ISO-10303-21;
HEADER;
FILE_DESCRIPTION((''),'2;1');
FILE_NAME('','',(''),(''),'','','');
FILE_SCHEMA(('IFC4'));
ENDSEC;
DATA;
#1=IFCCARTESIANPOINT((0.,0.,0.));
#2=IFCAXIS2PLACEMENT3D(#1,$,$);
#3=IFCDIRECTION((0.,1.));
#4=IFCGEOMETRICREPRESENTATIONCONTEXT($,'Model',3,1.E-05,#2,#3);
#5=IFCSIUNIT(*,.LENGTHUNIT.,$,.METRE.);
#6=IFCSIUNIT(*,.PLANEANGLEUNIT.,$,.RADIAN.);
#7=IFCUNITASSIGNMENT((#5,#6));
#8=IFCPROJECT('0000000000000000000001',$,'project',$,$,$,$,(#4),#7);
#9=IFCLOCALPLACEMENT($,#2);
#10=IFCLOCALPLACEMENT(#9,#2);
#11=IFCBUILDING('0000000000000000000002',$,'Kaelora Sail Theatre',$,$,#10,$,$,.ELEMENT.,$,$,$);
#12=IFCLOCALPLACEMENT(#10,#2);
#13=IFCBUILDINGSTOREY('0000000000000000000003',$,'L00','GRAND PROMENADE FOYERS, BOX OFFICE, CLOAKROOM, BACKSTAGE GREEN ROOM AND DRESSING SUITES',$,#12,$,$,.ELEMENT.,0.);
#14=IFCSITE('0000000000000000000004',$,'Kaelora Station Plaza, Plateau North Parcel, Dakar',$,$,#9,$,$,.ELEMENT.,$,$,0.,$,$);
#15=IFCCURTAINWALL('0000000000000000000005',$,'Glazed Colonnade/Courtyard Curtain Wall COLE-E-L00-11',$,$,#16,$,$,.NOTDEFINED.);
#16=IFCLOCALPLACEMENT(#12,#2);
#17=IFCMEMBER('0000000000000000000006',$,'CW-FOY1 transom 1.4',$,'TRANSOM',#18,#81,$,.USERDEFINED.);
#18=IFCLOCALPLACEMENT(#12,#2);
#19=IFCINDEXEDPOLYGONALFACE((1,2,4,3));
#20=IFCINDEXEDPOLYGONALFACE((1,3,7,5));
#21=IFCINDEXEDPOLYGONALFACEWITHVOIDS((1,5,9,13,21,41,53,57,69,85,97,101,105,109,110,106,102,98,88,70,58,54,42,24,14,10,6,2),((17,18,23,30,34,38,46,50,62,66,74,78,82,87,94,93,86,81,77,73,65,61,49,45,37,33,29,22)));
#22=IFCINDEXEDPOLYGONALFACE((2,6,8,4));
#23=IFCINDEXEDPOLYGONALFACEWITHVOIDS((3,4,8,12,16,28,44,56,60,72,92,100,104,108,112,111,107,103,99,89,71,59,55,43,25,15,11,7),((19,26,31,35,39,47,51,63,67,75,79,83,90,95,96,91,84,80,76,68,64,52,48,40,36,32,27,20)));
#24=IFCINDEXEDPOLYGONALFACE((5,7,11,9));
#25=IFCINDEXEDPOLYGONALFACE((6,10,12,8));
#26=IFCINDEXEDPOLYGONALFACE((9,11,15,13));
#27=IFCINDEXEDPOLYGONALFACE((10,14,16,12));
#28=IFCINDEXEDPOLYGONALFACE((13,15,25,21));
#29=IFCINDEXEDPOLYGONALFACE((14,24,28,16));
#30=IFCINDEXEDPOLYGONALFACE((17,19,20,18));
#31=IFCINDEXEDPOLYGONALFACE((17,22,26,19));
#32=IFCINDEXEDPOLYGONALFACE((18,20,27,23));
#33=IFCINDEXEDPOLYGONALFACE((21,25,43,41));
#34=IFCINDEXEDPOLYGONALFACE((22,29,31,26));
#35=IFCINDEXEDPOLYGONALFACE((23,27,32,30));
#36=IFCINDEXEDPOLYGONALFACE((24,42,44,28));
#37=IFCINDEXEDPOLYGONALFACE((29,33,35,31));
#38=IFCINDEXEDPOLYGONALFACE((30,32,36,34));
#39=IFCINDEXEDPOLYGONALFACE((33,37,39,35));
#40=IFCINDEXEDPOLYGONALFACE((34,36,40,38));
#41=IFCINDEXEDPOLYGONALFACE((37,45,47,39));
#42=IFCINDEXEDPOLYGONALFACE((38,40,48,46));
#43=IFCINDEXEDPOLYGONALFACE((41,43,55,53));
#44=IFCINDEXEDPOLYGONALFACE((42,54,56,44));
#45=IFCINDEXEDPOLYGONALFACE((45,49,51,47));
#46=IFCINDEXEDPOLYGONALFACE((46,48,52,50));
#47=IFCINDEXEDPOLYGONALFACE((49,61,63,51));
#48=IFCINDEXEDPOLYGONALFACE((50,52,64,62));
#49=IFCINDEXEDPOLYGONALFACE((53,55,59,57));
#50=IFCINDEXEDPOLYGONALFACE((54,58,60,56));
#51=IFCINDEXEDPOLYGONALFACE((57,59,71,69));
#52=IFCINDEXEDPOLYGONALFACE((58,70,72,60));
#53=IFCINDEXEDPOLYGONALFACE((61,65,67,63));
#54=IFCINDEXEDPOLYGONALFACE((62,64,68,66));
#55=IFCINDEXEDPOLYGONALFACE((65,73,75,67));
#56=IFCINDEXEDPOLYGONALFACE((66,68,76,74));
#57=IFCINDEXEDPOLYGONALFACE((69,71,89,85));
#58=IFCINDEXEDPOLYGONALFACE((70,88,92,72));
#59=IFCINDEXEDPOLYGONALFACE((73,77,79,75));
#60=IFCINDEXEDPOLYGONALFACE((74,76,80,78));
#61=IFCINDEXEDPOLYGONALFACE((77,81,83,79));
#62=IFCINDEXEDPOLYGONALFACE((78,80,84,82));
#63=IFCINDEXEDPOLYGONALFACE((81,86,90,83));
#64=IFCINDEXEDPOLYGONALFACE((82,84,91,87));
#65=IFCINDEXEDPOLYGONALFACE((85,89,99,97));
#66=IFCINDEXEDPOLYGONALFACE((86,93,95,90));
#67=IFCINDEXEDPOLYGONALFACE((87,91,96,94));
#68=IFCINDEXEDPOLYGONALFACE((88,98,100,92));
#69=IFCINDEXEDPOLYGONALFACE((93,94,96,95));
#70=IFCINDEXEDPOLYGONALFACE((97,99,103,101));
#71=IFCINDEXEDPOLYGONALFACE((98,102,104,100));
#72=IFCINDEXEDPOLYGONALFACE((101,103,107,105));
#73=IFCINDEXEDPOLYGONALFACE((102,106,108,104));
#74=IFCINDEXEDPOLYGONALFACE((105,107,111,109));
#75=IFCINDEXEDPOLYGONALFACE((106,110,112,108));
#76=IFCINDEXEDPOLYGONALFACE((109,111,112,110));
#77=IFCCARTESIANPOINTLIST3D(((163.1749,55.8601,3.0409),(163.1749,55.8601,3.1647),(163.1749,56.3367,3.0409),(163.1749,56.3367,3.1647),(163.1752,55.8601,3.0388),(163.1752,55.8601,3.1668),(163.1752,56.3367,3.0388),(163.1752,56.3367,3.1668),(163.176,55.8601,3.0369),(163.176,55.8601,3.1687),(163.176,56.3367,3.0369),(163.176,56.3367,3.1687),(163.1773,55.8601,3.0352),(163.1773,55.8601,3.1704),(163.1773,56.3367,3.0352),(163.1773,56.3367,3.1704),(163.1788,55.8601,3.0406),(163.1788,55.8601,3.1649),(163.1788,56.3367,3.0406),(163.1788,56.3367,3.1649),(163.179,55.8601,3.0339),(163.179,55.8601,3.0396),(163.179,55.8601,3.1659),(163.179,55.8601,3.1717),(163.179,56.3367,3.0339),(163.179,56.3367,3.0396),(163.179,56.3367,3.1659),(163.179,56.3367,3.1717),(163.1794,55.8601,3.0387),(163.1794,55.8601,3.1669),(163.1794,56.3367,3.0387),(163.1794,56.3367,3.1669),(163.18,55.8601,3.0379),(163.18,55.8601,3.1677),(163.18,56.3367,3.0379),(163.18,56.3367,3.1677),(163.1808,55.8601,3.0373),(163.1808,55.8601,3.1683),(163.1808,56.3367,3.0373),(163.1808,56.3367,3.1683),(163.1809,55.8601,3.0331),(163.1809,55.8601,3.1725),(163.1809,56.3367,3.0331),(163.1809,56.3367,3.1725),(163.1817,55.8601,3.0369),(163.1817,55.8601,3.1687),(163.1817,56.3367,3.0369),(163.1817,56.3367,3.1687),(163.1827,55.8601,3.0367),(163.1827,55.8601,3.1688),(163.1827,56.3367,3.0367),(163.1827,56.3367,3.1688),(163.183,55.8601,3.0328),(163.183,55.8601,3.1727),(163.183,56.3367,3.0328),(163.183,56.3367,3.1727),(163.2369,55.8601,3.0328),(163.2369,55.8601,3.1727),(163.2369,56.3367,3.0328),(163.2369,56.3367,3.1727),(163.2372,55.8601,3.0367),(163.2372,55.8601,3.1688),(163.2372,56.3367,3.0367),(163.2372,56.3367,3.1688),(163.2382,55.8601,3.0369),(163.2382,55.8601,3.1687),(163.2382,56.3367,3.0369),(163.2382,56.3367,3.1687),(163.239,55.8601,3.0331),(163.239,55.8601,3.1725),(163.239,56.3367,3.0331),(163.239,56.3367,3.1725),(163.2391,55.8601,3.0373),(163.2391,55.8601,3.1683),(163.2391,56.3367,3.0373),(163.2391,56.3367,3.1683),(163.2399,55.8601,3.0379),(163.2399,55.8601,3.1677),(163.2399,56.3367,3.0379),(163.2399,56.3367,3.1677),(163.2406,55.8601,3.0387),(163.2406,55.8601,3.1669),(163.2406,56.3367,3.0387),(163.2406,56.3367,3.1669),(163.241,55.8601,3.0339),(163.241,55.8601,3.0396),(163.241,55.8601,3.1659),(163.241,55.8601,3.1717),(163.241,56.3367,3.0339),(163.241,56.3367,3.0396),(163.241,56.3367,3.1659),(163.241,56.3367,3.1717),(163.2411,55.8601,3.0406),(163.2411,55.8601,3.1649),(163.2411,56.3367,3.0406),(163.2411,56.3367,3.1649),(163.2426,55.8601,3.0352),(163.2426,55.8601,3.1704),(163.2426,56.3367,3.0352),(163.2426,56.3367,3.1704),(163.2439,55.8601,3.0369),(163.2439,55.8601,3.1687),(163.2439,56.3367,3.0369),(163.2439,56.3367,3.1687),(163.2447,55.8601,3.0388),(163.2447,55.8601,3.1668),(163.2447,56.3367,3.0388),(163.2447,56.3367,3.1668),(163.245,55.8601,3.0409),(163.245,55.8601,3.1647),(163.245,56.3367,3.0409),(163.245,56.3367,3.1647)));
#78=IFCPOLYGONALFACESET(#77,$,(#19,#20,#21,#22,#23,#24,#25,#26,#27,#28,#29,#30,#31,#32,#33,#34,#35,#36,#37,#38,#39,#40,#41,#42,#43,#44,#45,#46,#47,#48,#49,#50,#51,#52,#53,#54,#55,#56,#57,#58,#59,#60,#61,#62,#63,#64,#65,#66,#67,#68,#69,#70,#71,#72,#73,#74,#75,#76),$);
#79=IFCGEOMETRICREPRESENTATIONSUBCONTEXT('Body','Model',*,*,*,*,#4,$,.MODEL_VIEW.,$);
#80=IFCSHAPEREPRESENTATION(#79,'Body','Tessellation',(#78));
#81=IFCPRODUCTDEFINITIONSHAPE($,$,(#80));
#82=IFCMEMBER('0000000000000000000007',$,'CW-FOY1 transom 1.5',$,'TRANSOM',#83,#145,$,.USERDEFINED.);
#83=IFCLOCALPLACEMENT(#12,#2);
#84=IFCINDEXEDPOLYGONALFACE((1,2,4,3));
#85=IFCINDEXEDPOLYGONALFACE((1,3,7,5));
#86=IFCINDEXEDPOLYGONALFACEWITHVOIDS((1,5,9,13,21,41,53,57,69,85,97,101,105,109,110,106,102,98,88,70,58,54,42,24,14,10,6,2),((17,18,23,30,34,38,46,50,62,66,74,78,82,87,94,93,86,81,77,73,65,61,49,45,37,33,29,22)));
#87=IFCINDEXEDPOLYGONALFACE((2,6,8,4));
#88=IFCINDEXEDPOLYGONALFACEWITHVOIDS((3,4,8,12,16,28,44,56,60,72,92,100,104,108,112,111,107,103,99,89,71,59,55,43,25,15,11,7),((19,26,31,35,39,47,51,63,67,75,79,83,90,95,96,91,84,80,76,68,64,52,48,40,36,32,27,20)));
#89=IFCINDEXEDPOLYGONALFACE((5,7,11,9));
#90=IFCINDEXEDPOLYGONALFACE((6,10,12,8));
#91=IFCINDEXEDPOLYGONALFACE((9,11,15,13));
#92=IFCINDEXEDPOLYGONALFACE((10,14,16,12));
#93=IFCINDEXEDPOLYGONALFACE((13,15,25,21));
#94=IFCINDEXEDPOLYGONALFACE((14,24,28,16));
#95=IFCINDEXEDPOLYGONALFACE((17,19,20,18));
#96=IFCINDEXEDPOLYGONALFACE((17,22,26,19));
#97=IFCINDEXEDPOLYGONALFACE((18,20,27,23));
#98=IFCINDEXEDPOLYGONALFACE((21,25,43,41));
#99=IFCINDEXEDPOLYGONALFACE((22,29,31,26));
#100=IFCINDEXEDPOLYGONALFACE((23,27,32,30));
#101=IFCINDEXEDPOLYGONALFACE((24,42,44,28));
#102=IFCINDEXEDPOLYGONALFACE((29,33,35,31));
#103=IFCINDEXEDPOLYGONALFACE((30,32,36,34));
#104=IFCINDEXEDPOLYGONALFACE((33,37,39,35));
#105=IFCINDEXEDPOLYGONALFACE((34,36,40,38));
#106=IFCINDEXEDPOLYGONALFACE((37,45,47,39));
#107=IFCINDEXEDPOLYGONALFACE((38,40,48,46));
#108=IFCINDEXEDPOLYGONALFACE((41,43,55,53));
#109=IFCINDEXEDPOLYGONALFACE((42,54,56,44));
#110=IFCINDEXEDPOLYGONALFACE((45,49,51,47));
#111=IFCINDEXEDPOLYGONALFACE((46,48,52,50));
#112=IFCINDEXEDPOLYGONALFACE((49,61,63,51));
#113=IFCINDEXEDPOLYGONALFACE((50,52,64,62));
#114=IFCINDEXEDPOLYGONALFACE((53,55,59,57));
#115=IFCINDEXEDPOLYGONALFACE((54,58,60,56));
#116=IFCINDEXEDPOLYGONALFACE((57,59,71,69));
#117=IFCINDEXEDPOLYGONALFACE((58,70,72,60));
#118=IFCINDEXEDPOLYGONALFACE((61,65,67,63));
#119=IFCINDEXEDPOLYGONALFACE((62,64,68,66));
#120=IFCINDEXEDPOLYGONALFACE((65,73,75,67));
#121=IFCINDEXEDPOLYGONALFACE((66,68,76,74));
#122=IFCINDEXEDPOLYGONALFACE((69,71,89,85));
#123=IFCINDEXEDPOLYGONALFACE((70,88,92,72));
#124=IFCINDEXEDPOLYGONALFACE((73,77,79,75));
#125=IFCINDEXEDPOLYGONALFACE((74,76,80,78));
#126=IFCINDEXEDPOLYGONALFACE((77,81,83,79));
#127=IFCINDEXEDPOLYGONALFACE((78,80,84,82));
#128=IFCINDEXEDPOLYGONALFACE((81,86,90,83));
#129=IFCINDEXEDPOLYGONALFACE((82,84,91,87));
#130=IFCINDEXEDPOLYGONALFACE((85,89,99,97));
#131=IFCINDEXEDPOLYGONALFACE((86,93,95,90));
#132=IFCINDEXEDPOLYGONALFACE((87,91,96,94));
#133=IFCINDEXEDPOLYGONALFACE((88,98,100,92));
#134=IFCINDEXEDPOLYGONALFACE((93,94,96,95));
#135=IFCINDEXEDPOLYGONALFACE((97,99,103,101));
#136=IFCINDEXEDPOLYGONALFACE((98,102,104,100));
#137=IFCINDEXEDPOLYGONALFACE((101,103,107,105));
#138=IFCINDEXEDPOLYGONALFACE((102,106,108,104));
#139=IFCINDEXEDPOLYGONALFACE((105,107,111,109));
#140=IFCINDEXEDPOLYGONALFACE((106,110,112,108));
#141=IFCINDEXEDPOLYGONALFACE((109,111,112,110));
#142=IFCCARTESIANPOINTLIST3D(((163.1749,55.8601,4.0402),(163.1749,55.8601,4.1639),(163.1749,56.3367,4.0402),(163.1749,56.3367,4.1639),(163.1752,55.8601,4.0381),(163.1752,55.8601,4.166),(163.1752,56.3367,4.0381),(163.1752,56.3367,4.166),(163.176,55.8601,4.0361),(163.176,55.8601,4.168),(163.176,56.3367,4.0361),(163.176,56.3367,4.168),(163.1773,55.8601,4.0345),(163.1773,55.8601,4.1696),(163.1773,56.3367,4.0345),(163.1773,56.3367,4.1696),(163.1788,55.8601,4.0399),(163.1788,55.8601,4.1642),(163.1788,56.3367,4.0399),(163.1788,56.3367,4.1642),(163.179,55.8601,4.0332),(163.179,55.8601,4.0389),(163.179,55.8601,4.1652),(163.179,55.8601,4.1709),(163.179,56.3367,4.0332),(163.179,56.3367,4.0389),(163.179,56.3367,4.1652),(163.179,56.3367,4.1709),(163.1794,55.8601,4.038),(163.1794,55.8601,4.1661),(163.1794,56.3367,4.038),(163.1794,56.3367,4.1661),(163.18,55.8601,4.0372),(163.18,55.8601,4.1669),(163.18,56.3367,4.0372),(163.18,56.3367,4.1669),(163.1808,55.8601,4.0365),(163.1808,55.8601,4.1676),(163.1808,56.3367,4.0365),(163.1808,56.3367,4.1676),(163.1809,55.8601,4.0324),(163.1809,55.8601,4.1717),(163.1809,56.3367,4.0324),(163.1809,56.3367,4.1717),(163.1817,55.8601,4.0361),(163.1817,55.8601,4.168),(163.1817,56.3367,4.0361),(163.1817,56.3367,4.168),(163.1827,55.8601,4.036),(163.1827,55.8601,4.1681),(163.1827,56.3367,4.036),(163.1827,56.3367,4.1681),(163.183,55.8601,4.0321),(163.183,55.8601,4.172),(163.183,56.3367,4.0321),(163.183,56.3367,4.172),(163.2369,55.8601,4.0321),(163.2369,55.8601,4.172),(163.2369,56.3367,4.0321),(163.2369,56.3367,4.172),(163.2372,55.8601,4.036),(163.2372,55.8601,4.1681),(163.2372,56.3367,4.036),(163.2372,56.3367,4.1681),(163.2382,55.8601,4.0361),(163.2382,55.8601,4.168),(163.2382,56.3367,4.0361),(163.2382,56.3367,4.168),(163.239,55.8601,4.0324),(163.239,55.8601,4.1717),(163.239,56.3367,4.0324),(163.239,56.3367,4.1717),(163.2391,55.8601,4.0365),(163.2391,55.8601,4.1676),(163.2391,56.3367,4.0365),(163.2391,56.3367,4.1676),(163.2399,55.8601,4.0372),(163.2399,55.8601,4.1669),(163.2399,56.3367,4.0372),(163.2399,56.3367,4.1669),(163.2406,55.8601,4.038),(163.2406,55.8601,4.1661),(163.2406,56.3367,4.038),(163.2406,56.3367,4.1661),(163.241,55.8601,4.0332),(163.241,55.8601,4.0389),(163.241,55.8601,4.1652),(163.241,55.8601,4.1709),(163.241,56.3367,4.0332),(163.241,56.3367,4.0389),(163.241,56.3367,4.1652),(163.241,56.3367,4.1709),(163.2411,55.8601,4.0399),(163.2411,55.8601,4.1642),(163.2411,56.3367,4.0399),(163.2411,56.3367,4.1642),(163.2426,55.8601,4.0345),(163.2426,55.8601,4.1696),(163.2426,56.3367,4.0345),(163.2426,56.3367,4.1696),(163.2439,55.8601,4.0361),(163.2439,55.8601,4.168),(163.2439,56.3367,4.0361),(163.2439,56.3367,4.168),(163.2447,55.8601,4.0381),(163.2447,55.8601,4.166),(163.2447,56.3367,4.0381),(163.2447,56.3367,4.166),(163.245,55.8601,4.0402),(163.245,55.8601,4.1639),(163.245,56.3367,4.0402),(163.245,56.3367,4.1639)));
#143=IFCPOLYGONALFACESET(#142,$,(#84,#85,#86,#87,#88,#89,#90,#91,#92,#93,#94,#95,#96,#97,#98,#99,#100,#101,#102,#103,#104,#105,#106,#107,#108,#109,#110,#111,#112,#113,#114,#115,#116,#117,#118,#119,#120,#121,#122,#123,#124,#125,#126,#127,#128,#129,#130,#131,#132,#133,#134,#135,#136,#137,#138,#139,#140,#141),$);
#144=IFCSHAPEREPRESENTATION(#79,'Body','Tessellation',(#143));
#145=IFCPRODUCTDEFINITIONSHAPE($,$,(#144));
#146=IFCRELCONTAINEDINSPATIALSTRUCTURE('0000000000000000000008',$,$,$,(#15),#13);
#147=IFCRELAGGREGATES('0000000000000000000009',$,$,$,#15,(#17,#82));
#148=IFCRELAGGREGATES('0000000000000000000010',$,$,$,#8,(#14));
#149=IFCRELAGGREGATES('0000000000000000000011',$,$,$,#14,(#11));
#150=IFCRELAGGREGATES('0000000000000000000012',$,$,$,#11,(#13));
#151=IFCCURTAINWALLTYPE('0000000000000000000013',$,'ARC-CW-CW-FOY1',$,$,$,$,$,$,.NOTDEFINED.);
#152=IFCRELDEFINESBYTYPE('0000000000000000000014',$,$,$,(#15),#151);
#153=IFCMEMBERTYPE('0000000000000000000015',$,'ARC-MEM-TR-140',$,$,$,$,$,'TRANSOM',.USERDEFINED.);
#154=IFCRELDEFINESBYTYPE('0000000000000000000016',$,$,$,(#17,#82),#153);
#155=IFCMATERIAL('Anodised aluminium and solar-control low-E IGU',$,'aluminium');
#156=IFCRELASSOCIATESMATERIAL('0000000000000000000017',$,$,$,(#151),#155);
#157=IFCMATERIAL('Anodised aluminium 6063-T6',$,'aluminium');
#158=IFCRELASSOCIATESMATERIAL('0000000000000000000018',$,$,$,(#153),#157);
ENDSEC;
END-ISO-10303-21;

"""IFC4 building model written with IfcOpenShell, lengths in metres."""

from ifc_helpers import new_model, si_unit, direction, frame, origin, origin_2d, place, context, subcontext, project, spatial, hollow_rectangle, extrude, material, material_profile, profile_set, type_object, element, aggregate, save


model = new_model("IFC4")

# Units and contexts
model_context = context("Model", 3, precision=1e-05, world=origin(), true_north=direction((0.0, 1.0)))
body_context = subcontext(model_context, "Body", "Model", "MODEL_VIEW")
ifc_project = project(units=[si_unit("LENGTHUNIT", "METRE"), si_unit("PLANEANGLEUNIT", "RADIAN")], contexts=[model_context])

# Site, building, storey
site_placement = place(None, origin())
site = spatial("IfcSite", under=ifc_project, at=site_placement, Name="Kaelora Station Plaza, Plateau North Parcel, Dakar", CompositionType="ELEMENT", RefElevation=0.0)
building_placement = place(site_placement, origin())
building = spatial("IfcBuilding", under=site, at=building_placement, Name="Kaelora Sail Theatre", CompositionType="ELEMENT")
storey_placement = place(building_placement, origin())
storey = spatial("IfcBuildingStorey", under=building, at=storey_placement, Name="L00", Description="GRAND PROMENADE FOYERS, BOX OFFICE, CLOAKROOM, BACKSTAGE GREEN ROOM AND DRESSING SUITES", CompositionType="ELEMENT", Elevation=0.0)

# Curtain wall, members
ifc_material_1 = material(Name="Anodised aluminium and solar-control low-E IGU", Category="aluminium")
curtain_wall_type = type_object("IfcCurtainWallType", Name="ARC-CW-CW-FOY1", PredefinedType="NOTDEFINED", material=ifc_material_1)
ifc_material_2 = material(Name="Anodised aluminium 6063-T6", Category="aluminium")
ifc_material_profile = material_profile(ifc_material_2, hollow_rectangle(XDim=0.0701, YDim=0.1399, WallThickness=0.0039, InnerFilletRadius=0.0039, OuterFilletRadius=0.0081, at=origin_2d()), Name="ALU-TRAN 70x140x4")
ifc_profile_set = profile_set([ifc_material_profile], Name="Anodised aluminium 6063-T6")
member_type = type_object("IfcMemberType", Name="ARC-MEM-TR-140", ElementType="TRANSOM", PredefinedType="USERDEFINED", material=ifc_profile_set)
curtain_wall_1_placement = place(storey_placement, origin())
curtain_wall_1 = element("IfcCurtainWall", 1, at=curtain_wall_1_placement, inside=storey, type_object=curtain_wall_type, Name="Glazed Colonnade/Courtyard Curtain Wall COLE-E-L00-11", PredefinedType="NOTDEFINED")
member_1_placement = place(storey_placement, frame((163.21, 55.8601, 3.1028), z_axis=(0.0, 1.0, 0.0), x_axis=(-1.0, 0.0, 0.0)))
member_1 = element("IfcMember", 2, at=member_1_placement, type_object=member_type, Name="CW-FOY1 transom 1.4", ObjectType="TRANSOM", PredefinedType="USERDEFINED", context=body_context, shape_type="SweptSolid", body=[
    extrude(hollow_rectangle(XDim=0.0701, YDim=0.1399, WallThickness=0.0039, InnerFilletRadius=0.0039, OuterFilletRadius=0.0081, at=origin_2d()), origin(), (0.0, 0.0, 1.0), 0.4766),
])
member_2_placement = place(storey_placement, frame((163.21, 55.8601, 4.1021), z_axis=(0.0, 1.0, 0.0), x_axis=(-1.0, 0.0, 0.0)))
member_2 = element("IfcMember", 3, at=member_2_placement, type_object=member_type, Name="CW-FOY1 transom 1.5", ObjectType="TRANSOM", PredefinedType="USERDEFINED", context=body_context, shape_type="SweptSolid", body=[
    extrude(hollow_rectangle(XDim=0.0701, YDim=0.1399, WallThickness=0.0039, InnerFilletRadius=0.0039, OuterFilletRadius=0.0081, at=origin_2d()), origin(), (0.0, 0.0, 1.0), 0.4766),
])

aggregate(curtain_wall_1, [member_1, member_2])

save(model, "model.ifc")
